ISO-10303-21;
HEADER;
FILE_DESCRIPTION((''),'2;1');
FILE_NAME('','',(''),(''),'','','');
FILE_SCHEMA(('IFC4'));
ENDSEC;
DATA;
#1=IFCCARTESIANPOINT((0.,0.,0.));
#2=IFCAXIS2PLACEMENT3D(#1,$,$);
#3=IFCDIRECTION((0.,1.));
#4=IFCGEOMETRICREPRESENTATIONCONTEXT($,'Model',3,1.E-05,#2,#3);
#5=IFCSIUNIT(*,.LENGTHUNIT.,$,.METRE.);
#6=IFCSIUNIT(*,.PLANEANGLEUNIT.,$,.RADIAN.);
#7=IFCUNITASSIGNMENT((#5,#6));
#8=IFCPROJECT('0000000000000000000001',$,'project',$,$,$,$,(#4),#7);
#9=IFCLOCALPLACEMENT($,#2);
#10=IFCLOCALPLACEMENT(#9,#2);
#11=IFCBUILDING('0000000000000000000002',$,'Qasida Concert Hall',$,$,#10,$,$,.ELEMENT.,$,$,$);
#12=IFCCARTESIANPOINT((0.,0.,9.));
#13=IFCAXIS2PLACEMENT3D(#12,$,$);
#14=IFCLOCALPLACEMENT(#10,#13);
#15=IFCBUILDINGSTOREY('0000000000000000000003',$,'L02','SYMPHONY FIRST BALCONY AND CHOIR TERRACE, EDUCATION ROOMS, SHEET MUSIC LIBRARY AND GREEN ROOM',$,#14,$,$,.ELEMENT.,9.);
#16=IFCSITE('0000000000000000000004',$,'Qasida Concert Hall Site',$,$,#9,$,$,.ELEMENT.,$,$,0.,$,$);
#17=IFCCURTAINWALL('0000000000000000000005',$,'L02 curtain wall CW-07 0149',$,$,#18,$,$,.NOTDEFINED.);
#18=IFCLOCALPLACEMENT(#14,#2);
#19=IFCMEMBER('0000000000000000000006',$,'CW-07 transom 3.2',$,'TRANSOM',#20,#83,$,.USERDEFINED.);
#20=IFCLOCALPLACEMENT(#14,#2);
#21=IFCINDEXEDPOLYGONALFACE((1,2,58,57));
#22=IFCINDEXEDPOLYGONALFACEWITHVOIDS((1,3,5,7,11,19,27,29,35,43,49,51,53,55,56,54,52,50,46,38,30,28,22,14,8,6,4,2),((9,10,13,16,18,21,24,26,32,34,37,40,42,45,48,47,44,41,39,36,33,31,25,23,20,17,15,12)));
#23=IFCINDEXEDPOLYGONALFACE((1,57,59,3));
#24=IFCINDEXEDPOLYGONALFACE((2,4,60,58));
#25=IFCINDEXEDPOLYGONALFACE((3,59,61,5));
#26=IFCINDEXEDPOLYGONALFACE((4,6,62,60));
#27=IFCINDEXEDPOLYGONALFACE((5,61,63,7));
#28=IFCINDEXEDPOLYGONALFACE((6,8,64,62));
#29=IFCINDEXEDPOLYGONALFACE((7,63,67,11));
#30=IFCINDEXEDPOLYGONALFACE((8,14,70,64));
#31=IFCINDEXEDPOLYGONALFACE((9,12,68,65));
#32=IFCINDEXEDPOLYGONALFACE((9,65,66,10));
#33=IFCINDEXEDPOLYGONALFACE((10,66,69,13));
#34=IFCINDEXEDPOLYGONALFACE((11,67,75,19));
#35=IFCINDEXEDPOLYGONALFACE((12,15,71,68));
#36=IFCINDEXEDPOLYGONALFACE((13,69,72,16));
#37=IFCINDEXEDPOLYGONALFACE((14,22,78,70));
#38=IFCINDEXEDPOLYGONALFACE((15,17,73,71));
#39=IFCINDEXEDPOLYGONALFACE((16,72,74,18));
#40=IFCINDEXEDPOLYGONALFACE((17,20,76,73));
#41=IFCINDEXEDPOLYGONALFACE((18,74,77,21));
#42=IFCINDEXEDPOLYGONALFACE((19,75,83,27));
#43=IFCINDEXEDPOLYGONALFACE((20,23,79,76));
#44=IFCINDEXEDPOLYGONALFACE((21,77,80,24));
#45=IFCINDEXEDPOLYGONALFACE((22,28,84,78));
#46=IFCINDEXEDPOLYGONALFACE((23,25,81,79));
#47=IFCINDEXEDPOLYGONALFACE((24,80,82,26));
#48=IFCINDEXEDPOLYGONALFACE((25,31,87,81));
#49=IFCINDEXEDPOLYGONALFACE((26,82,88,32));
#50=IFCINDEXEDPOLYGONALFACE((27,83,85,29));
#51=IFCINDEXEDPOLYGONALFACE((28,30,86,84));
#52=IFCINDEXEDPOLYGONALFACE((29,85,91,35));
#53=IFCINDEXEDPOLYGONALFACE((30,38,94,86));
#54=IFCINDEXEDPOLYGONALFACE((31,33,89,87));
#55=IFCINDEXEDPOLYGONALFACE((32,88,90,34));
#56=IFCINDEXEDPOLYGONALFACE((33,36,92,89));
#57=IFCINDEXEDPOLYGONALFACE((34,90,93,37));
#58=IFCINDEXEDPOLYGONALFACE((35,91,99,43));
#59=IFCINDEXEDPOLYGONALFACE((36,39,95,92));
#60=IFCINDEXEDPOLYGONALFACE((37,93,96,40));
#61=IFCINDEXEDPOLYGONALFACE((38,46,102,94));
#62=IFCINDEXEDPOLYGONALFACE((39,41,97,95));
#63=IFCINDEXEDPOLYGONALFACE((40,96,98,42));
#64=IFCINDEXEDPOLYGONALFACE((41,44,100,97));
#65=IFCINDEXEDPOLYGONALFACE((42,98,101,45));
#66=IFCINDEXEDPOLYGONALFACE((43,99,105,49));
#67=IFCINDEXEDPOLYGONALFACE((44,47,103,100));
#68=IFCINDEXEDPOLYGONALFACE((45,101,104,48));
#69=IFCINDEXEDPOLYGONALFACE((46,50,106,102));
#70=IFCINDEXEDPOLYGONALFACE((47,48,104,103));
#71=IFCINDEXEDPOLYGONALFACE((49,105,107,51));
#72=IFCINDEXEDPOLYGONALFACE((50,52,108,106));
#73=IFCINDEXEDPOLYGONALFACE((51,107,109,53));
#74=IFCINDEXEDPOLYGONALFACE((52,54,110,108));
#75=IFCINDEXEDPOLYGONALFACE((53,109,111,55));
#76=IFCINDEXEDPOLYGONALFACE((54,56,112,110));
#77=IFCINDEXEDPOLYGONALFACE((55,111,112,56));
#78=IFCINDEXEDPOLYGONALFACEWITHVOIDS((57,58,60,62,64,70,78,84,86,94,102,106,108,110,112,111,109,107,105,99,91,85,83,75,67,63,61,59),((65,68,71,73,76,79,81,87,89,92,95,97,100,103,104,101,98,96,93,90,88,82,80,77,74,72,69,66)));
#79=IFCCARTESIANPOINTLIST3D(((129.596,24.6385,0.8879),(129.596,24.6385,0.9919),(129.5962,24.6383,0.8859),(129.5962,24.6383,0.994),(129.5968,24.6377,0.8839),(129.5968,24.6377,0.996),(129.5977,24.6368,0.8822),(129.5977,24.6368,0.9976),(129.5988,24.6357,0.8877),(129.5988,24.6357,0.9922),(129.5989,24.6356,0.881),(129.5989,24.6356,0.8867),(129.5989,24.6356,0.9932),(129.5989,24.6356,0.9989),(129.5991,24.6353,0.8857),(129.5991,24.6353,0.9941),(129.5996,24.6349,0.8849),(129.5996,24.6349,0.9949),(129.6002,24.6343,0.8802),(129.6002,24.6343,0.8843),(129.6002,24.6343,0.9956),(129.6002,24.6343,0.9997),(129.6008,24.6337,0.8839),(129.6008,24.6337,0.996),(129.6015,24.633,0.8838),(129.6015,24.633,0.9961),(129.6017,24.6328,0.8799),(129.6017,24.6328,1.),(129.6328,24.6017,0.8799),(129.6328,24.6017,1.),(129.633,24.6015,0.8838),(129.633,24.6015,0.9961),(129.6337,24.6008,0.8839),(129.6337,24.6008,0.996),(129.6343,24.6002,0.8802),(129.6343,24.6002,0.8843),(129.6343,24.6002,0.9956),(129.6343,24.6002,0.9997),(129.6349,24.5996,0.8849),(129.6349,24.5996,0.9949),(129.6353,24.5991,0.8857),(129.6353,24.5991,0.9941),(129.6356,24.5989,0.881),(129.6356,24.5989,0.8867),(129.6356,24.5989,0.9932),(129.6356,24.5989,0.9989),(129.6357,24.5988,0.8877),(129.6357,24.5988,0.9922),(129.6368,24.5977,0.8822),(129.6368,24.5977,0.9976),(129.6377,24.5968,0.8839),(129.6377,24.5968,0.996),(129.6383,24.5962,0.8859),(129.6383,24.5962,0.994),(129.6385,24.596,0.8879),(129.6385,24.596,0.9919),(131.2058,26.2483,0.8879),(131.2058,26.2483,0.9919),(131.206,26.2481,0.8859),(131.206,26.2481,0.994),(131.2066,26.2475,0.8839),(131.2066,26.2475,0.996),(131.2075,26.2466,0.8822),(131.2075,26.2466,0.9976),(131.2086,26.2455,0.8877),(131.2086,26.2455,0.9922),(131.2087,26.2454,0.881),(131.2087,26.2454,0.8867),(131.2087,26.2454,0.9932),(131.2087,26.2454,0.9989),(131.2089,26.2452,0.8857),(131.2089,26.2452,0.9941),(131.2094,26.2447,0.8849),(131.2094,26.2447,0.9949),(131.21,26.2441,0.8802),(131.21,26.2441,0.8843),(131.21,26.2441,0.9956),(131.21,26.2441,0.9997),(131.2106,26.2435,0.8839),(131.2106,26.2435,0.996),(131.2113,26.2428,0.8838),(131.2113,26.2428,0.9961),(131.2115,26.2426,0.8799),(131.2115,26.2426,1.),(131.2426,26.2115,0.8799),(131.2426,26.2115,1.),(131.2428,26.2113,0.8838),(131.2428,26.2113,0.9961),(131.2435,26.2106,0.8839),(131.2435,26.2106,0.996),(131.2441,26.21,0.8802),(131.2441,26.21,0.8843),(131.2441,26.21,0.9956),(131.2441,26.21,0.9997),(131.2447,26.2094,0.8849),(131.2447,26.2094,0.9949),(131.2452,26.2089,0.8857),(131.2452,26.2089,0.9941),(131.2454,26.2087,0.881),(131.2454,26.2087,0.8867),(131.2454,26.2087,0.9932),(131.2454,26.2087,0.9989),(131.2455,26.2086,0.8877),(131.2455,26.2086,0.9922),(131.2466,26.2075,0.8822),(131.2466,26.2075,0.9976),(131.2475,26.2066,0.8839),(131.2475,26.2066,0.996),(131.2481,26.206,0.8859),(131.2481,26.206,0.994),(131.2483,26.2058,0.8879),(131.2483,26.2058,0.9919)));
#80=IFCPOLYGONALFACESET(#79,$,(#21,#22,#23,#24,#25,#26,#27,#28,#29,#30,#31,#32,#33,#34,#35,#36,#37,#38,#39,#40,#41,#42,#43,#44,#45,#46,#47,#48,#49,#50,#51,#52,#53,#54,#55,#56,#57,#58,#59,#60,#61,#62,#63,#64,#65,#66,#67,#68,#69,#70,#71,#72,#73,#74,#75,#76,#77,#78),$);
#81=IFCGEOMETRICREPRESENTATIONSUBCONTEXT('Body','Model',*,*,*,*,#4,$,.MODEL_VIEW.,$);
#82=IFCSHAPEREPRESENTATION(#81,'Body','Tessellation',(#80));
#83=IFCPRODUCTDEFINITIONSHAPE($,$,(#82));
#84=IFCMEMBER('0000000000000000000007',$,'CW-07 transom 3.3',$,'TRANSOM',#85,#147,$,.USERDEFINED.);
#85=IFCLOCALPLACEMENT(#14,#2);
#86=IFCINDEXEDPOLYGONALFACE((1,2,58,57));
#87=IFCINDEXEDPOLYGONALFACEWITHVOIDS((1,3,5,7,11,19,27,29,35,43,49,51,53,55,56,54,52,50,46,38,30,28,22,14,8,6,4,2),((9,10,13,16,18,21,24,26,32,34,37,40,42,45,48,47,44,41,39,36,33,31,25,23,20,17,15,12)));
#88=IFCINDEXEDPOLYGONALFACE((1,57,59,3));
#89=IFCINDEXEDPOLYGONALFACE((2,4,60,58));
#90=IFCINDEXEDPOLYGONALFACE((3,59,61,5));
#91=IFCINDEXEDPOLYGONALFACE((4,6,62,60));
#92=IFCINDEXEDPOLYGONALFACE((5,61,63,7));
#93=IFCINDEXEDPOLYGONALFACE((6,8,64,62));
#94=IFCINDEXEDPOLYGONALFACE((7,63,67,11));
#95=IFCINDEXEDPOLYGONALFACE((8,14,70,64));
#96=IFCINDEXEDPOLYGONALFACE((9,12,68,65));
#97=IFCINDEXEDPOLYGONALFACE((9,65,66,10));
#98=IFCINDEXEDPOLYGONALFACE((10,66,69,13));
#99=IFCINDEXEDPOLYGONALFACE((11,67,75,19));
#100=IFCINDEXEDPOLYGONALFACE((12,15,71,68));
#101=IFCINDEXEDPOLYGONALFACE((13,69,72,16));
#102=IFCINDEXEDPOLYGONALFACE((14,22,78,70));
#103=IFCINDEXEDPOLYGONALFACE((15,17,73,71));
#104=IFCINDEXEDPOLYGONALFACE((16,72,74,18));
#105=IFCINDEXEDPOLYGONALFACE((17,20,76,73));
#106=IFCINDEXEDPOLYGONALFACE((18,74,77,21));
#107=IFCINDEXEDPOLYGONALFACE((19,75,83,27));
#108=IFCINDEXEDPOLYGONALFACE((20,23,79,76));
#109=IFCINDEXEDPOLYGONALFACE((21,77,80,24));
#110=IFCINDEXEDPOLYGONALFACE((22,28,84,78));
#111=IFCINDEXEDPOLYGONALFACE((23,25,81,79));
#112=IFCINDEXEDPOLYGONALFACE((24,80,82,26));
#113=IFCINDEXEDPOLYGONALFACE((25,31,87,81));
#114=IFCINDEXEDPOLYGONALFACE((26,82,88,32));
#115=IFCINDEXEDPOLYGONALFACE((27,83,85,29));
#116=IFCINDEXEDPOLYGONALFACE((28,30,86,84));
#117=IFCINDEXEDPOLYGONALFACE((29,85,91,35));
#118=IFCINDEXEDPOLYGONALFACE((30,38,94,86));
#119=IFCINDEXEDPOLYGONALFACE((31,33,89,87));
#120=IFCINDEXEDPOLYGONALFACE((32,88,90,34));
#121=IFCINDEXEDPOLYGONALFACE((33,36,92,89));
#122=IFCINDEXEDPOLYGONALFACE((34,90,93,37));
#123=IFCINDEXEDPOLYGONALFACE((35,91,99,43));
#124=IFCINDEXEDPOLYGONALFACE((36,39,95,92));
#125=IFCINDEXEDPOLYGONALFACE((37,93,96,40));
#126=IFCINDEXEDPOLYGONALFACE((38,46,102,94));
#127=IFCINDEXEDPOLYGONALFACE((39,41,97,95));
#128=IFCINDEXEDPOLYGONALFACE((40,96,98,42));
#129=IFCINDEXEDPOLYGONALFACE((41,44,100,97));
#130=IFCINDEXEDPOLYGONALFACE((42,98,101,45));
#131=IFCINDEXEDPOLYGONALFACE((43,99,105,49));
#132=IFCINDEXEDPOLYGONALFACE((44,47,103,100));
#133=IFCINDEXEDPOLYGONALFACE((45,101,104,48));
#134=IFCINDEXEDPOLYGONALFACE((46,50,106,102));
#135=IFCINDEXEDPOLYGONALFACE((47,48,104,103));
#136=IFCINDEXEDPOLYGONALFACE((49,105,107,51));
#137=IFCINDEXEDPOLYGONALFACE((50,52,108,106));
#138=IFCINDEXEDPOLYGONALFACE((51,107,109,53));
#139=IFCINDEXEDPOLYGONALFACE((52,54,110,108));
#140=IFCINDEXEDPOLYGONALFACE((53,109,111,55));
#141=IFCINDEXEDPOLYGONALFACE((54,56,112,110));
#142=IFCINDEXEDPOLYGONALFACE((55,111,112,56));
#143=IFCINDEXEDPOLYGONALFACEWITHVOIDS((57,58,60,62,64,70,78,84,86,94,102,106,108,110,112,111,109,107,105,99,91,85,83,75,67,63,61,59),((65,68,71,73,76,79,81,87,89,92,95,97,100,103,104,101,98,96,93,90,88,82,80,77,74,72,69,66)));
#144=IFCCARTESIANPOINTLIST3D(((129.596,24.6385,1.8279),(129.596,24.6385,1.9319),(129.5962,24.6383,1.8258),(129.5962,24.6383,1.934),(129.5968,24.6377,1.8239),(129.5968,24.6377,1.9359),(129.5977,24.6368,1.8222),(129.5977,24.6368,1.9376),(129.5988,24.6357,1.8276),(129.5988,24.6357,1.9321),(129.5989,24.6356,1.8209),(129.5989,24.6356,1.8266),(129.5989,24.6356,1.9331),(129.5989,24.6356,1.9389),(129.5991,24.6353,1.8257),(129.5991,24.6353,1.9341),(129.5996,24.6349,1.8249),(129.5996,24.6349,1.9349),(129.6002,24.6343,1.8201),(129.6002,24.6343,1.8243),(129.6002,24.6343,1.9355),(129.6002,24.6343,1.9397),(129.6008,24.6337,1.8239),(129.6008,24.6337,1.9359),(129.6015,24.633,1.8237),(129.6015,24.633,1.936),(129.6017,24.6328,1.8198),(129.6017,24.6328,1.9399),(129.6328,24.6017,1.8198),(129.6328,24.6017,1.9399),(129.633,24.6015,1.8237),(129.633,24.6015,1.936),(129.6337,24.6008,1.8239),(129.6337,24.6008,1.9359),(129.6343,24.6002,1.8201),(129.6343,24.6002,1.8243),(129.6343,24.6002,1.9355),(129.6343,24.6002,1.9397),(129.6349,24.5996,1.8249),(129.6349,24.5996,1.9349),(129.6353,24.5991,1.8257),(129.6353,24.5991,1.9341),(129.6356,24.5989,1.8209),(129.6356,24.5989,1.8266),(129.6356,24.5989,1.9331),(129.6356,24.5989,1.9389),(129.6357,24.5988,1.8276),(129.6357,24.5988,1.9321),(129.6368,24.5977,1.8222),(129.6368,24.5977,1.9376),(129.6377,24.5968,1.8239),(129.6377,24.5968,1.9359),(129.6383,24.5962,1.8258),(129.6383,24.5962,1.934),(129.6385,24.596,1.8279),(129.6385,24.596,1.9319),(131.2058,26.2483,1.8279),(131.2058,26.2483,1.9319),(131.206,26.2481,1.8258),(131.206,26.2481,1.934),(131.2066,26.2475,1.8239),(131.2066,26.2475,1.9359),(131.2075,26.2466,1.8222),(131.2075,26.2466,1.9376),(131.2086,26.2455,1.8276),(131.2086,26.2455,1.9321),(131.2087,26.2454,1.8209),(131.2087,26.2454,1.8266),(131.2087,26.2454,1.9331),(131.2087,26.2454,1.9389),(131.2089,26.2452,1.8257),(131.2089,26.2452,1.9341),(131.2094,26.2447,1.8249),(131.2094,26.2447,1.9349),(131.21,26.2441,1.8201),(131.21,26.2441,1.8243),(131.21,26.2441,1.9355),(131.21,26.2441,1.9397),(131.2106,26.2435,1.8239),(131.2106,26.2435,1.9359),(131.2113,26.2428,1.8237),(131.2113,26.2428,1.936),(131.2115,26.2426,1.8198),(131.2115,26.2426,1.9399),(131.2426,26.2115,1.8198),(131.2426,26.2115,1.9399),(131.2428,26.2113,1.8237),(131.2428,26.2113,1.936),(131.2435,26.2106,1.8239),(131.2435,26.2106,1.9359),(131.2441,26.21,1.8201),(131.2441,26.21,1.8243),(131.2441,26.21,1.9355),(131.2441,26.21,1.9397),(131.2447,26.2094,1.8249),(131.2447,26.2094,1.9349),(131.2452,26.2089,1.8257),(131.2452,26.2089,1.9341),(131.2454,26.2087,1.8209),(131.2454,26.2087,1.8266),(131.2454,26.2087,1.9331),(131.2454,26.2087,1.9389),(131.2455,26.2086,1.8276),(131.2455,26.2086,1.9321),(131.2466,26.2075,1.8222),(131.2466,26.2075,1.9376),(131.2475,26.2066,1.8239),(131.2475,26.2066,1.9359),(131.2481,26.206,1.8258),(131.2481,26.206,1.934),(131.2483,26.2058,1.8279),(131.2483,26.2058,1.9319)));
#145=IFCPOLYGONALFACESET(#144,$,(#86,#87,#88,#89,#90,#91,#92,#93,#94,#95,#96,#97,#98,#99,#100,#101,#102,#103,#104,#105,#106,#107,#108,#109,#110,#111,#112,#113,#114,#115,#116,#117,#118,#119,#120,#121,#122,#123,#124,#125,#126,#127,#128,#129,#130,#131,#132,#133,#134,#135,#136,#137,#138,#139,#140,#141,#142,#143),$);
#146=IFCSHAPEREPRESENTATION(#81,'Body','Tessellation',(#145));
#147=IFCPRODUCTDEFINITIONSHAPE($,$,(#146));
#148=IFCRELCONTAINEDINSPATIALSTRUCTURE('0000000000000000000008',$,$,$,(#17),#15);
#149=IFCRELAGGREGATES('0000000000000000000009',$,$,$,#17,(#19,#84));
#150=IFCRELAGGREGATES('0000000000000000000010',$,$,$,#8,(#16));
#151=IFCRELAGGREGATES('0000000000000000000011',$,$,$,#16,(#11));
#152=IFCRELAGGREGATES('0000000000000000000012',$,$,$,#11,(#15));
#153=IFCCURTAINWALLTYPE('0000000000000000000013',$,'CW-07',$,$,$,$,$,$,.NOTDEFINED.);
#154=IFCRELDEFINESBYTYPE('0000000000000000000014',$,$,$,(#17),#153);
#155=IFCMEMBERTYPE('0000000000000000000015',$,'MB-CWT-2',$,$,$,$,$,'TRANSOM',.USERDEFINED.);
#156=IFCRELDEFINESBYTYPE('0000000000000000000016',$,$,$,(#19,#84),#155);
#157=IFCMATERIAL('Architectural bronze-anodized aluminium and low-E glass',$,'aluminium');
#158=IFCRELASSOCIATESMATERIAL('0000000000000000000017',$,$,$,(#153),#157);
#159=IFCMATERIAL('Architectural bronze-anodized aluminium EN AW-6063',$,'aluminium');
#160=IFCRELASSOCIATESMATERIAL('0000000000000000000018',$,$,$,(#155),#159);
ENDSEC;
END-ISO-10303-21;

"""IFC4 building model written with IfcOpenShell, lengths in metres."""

from ifc_helpers import new_model, si_unit, direction, frame, origin, origin_2d, place, context, subcontext, project, spatial, hollow_rectangle, extrude, material, material_profile, profile_set, type_object, element, aggregate, save


model = new_model("IFC4")

# Units and contexts
model_context = context("Model", 3, precision=1e-05, world=origin(), true_north=direction((0.0, 1.0)))
body_context = subcontext(model_context, "Body", "Model", "MODEL_VIEW")
ifc_project = project(units=[si_unit("LENGTHUNIT", "METRE"), si_unit("PLANEANGLEUNIT", "RADIAN")], contexts=[model_context])

# Site, building, storey
site_placement = place(None, origin())
site = spatial("IfcSite", under=ifc_project, at=site_placement, Name="Qasida Concert Hall Site", CompositionType="ELEMENT", RefElevation=0.0)
building_placement = place(site_placement, origin())
building = spatial("IfcBuilding", under=site, at=building_placement, Name="Qasida Concert Hall", CompositionType="ELEMENT")
storey_placement = place(building_placement, frame((0.0, 0.0, 9.0)))
storey = spatial("IfcBuildingStorey", under=building, at=storey_placement, Name="L02", Description="SYMPHONY FIRST BALCONY AND CHOIR TERRACE, EDUCATION ROOMS, SHEET MUSIC LIBRARY AND GREEN ROOM", CompositionType="ELEMENT", Elevation=9.0)

# Curtain wall
ifc_material_1 = material(Name="Architectural bronze-anodized aluminium and low-E glass", Category="aluminium")
ifc_material_2 = material(Name="Architectural bronze-anodized aluminium EN AW-6063", Category="aluminium")
curtain_wall_type_1 = type_object("IfcCurtainWallType", Name="CW-07", PredefinedType="NOTDEFINED", material=ifc_material_1)
curtain_wall_1_placement = place(storey_placement, origin())
curtain_wall_1 = element("IfcCurtainWall", 1, at=curtain_wall_1_placement, inside=storey, type_object=curtain_wall_type_1, Name="L02 curtain wall CW-07 0149", PredefinedType="NOTDEFINED")

# Shared definitions
ifc_material_profile_1 = material_profile(ifc_material_2, hollow_rectangle(XDim=0.0601, YDim=0.1201, WallThickness=0.0039, InnerFilletRadius=0.0039, OuterFilletRadius=0.0081, at=origin_2d()), Name="CWT 120x60x4")
ifc_profile_set_1 = profile_set([ifc_material_profile_1], Name="Architectural bronze-anodized aluminium EN AW-6063")
member_type_1 = type_object("IfcMemberType", Name="MB-CWT-2", ElementType="TRANSOM", PredefinedType="USERDEFINED", material=ifc_profile_set_1)

# Members
member_1_placement = place(storey_placement, frame((131.2271, 26.2271, 0.9399), z_axis=(-0.707107, -0.707107, 0.0), x_axis=(0.707107, -0.707107, 0.0)))
member_1 = element("IfcMember", 2, at=member_1_placement, type_object=member_type_1, Name="CW-07 transom 3.2", ObjectType="TRANSOM", PredefinedType="USERDEFINED", context=body_context, shape_type="SweptSolid", body=[
    extrude(hollow_rectangle(XDim=0.0601, YDim=0.1201, WallThickness=0.0039, InnerFilletRadius=0.0039, OuterFilletRadius=0.0081, at=origin_2d()), origin(), (0.0, 0.0, 1.0), 2.2766),
])
member_2_placement = place(storey_placement, frame((131.2271, 26.2271, 1.8799), z_axis=(-0.707107, -0.707107, 0.0), x_axis=(0.707107, -0.707107, 0.0)))
member_2 = element("IfcMember", 3, at=member_2_placement, type_object=member_type_1, Name="CW-07 transom 3.3", ObjectType="TRANSOM", PredefinedType="USERDEFINED", context=body_context, shape_type="SweptSolid", body=[
    extrude(hollow_rectangle(XDim=0.0601, YDim=0.1201, WallThickness=0.0039, InnerFilletRadius=0.0039, OuterFilletRadius=0.0081, at=origin_2d()), origin(), (0.0, 0.0, 1.0), 2.2766),
])

aggregate(curtain_wall_1, [member_1, member_2])

save(model, "model.ifc")
